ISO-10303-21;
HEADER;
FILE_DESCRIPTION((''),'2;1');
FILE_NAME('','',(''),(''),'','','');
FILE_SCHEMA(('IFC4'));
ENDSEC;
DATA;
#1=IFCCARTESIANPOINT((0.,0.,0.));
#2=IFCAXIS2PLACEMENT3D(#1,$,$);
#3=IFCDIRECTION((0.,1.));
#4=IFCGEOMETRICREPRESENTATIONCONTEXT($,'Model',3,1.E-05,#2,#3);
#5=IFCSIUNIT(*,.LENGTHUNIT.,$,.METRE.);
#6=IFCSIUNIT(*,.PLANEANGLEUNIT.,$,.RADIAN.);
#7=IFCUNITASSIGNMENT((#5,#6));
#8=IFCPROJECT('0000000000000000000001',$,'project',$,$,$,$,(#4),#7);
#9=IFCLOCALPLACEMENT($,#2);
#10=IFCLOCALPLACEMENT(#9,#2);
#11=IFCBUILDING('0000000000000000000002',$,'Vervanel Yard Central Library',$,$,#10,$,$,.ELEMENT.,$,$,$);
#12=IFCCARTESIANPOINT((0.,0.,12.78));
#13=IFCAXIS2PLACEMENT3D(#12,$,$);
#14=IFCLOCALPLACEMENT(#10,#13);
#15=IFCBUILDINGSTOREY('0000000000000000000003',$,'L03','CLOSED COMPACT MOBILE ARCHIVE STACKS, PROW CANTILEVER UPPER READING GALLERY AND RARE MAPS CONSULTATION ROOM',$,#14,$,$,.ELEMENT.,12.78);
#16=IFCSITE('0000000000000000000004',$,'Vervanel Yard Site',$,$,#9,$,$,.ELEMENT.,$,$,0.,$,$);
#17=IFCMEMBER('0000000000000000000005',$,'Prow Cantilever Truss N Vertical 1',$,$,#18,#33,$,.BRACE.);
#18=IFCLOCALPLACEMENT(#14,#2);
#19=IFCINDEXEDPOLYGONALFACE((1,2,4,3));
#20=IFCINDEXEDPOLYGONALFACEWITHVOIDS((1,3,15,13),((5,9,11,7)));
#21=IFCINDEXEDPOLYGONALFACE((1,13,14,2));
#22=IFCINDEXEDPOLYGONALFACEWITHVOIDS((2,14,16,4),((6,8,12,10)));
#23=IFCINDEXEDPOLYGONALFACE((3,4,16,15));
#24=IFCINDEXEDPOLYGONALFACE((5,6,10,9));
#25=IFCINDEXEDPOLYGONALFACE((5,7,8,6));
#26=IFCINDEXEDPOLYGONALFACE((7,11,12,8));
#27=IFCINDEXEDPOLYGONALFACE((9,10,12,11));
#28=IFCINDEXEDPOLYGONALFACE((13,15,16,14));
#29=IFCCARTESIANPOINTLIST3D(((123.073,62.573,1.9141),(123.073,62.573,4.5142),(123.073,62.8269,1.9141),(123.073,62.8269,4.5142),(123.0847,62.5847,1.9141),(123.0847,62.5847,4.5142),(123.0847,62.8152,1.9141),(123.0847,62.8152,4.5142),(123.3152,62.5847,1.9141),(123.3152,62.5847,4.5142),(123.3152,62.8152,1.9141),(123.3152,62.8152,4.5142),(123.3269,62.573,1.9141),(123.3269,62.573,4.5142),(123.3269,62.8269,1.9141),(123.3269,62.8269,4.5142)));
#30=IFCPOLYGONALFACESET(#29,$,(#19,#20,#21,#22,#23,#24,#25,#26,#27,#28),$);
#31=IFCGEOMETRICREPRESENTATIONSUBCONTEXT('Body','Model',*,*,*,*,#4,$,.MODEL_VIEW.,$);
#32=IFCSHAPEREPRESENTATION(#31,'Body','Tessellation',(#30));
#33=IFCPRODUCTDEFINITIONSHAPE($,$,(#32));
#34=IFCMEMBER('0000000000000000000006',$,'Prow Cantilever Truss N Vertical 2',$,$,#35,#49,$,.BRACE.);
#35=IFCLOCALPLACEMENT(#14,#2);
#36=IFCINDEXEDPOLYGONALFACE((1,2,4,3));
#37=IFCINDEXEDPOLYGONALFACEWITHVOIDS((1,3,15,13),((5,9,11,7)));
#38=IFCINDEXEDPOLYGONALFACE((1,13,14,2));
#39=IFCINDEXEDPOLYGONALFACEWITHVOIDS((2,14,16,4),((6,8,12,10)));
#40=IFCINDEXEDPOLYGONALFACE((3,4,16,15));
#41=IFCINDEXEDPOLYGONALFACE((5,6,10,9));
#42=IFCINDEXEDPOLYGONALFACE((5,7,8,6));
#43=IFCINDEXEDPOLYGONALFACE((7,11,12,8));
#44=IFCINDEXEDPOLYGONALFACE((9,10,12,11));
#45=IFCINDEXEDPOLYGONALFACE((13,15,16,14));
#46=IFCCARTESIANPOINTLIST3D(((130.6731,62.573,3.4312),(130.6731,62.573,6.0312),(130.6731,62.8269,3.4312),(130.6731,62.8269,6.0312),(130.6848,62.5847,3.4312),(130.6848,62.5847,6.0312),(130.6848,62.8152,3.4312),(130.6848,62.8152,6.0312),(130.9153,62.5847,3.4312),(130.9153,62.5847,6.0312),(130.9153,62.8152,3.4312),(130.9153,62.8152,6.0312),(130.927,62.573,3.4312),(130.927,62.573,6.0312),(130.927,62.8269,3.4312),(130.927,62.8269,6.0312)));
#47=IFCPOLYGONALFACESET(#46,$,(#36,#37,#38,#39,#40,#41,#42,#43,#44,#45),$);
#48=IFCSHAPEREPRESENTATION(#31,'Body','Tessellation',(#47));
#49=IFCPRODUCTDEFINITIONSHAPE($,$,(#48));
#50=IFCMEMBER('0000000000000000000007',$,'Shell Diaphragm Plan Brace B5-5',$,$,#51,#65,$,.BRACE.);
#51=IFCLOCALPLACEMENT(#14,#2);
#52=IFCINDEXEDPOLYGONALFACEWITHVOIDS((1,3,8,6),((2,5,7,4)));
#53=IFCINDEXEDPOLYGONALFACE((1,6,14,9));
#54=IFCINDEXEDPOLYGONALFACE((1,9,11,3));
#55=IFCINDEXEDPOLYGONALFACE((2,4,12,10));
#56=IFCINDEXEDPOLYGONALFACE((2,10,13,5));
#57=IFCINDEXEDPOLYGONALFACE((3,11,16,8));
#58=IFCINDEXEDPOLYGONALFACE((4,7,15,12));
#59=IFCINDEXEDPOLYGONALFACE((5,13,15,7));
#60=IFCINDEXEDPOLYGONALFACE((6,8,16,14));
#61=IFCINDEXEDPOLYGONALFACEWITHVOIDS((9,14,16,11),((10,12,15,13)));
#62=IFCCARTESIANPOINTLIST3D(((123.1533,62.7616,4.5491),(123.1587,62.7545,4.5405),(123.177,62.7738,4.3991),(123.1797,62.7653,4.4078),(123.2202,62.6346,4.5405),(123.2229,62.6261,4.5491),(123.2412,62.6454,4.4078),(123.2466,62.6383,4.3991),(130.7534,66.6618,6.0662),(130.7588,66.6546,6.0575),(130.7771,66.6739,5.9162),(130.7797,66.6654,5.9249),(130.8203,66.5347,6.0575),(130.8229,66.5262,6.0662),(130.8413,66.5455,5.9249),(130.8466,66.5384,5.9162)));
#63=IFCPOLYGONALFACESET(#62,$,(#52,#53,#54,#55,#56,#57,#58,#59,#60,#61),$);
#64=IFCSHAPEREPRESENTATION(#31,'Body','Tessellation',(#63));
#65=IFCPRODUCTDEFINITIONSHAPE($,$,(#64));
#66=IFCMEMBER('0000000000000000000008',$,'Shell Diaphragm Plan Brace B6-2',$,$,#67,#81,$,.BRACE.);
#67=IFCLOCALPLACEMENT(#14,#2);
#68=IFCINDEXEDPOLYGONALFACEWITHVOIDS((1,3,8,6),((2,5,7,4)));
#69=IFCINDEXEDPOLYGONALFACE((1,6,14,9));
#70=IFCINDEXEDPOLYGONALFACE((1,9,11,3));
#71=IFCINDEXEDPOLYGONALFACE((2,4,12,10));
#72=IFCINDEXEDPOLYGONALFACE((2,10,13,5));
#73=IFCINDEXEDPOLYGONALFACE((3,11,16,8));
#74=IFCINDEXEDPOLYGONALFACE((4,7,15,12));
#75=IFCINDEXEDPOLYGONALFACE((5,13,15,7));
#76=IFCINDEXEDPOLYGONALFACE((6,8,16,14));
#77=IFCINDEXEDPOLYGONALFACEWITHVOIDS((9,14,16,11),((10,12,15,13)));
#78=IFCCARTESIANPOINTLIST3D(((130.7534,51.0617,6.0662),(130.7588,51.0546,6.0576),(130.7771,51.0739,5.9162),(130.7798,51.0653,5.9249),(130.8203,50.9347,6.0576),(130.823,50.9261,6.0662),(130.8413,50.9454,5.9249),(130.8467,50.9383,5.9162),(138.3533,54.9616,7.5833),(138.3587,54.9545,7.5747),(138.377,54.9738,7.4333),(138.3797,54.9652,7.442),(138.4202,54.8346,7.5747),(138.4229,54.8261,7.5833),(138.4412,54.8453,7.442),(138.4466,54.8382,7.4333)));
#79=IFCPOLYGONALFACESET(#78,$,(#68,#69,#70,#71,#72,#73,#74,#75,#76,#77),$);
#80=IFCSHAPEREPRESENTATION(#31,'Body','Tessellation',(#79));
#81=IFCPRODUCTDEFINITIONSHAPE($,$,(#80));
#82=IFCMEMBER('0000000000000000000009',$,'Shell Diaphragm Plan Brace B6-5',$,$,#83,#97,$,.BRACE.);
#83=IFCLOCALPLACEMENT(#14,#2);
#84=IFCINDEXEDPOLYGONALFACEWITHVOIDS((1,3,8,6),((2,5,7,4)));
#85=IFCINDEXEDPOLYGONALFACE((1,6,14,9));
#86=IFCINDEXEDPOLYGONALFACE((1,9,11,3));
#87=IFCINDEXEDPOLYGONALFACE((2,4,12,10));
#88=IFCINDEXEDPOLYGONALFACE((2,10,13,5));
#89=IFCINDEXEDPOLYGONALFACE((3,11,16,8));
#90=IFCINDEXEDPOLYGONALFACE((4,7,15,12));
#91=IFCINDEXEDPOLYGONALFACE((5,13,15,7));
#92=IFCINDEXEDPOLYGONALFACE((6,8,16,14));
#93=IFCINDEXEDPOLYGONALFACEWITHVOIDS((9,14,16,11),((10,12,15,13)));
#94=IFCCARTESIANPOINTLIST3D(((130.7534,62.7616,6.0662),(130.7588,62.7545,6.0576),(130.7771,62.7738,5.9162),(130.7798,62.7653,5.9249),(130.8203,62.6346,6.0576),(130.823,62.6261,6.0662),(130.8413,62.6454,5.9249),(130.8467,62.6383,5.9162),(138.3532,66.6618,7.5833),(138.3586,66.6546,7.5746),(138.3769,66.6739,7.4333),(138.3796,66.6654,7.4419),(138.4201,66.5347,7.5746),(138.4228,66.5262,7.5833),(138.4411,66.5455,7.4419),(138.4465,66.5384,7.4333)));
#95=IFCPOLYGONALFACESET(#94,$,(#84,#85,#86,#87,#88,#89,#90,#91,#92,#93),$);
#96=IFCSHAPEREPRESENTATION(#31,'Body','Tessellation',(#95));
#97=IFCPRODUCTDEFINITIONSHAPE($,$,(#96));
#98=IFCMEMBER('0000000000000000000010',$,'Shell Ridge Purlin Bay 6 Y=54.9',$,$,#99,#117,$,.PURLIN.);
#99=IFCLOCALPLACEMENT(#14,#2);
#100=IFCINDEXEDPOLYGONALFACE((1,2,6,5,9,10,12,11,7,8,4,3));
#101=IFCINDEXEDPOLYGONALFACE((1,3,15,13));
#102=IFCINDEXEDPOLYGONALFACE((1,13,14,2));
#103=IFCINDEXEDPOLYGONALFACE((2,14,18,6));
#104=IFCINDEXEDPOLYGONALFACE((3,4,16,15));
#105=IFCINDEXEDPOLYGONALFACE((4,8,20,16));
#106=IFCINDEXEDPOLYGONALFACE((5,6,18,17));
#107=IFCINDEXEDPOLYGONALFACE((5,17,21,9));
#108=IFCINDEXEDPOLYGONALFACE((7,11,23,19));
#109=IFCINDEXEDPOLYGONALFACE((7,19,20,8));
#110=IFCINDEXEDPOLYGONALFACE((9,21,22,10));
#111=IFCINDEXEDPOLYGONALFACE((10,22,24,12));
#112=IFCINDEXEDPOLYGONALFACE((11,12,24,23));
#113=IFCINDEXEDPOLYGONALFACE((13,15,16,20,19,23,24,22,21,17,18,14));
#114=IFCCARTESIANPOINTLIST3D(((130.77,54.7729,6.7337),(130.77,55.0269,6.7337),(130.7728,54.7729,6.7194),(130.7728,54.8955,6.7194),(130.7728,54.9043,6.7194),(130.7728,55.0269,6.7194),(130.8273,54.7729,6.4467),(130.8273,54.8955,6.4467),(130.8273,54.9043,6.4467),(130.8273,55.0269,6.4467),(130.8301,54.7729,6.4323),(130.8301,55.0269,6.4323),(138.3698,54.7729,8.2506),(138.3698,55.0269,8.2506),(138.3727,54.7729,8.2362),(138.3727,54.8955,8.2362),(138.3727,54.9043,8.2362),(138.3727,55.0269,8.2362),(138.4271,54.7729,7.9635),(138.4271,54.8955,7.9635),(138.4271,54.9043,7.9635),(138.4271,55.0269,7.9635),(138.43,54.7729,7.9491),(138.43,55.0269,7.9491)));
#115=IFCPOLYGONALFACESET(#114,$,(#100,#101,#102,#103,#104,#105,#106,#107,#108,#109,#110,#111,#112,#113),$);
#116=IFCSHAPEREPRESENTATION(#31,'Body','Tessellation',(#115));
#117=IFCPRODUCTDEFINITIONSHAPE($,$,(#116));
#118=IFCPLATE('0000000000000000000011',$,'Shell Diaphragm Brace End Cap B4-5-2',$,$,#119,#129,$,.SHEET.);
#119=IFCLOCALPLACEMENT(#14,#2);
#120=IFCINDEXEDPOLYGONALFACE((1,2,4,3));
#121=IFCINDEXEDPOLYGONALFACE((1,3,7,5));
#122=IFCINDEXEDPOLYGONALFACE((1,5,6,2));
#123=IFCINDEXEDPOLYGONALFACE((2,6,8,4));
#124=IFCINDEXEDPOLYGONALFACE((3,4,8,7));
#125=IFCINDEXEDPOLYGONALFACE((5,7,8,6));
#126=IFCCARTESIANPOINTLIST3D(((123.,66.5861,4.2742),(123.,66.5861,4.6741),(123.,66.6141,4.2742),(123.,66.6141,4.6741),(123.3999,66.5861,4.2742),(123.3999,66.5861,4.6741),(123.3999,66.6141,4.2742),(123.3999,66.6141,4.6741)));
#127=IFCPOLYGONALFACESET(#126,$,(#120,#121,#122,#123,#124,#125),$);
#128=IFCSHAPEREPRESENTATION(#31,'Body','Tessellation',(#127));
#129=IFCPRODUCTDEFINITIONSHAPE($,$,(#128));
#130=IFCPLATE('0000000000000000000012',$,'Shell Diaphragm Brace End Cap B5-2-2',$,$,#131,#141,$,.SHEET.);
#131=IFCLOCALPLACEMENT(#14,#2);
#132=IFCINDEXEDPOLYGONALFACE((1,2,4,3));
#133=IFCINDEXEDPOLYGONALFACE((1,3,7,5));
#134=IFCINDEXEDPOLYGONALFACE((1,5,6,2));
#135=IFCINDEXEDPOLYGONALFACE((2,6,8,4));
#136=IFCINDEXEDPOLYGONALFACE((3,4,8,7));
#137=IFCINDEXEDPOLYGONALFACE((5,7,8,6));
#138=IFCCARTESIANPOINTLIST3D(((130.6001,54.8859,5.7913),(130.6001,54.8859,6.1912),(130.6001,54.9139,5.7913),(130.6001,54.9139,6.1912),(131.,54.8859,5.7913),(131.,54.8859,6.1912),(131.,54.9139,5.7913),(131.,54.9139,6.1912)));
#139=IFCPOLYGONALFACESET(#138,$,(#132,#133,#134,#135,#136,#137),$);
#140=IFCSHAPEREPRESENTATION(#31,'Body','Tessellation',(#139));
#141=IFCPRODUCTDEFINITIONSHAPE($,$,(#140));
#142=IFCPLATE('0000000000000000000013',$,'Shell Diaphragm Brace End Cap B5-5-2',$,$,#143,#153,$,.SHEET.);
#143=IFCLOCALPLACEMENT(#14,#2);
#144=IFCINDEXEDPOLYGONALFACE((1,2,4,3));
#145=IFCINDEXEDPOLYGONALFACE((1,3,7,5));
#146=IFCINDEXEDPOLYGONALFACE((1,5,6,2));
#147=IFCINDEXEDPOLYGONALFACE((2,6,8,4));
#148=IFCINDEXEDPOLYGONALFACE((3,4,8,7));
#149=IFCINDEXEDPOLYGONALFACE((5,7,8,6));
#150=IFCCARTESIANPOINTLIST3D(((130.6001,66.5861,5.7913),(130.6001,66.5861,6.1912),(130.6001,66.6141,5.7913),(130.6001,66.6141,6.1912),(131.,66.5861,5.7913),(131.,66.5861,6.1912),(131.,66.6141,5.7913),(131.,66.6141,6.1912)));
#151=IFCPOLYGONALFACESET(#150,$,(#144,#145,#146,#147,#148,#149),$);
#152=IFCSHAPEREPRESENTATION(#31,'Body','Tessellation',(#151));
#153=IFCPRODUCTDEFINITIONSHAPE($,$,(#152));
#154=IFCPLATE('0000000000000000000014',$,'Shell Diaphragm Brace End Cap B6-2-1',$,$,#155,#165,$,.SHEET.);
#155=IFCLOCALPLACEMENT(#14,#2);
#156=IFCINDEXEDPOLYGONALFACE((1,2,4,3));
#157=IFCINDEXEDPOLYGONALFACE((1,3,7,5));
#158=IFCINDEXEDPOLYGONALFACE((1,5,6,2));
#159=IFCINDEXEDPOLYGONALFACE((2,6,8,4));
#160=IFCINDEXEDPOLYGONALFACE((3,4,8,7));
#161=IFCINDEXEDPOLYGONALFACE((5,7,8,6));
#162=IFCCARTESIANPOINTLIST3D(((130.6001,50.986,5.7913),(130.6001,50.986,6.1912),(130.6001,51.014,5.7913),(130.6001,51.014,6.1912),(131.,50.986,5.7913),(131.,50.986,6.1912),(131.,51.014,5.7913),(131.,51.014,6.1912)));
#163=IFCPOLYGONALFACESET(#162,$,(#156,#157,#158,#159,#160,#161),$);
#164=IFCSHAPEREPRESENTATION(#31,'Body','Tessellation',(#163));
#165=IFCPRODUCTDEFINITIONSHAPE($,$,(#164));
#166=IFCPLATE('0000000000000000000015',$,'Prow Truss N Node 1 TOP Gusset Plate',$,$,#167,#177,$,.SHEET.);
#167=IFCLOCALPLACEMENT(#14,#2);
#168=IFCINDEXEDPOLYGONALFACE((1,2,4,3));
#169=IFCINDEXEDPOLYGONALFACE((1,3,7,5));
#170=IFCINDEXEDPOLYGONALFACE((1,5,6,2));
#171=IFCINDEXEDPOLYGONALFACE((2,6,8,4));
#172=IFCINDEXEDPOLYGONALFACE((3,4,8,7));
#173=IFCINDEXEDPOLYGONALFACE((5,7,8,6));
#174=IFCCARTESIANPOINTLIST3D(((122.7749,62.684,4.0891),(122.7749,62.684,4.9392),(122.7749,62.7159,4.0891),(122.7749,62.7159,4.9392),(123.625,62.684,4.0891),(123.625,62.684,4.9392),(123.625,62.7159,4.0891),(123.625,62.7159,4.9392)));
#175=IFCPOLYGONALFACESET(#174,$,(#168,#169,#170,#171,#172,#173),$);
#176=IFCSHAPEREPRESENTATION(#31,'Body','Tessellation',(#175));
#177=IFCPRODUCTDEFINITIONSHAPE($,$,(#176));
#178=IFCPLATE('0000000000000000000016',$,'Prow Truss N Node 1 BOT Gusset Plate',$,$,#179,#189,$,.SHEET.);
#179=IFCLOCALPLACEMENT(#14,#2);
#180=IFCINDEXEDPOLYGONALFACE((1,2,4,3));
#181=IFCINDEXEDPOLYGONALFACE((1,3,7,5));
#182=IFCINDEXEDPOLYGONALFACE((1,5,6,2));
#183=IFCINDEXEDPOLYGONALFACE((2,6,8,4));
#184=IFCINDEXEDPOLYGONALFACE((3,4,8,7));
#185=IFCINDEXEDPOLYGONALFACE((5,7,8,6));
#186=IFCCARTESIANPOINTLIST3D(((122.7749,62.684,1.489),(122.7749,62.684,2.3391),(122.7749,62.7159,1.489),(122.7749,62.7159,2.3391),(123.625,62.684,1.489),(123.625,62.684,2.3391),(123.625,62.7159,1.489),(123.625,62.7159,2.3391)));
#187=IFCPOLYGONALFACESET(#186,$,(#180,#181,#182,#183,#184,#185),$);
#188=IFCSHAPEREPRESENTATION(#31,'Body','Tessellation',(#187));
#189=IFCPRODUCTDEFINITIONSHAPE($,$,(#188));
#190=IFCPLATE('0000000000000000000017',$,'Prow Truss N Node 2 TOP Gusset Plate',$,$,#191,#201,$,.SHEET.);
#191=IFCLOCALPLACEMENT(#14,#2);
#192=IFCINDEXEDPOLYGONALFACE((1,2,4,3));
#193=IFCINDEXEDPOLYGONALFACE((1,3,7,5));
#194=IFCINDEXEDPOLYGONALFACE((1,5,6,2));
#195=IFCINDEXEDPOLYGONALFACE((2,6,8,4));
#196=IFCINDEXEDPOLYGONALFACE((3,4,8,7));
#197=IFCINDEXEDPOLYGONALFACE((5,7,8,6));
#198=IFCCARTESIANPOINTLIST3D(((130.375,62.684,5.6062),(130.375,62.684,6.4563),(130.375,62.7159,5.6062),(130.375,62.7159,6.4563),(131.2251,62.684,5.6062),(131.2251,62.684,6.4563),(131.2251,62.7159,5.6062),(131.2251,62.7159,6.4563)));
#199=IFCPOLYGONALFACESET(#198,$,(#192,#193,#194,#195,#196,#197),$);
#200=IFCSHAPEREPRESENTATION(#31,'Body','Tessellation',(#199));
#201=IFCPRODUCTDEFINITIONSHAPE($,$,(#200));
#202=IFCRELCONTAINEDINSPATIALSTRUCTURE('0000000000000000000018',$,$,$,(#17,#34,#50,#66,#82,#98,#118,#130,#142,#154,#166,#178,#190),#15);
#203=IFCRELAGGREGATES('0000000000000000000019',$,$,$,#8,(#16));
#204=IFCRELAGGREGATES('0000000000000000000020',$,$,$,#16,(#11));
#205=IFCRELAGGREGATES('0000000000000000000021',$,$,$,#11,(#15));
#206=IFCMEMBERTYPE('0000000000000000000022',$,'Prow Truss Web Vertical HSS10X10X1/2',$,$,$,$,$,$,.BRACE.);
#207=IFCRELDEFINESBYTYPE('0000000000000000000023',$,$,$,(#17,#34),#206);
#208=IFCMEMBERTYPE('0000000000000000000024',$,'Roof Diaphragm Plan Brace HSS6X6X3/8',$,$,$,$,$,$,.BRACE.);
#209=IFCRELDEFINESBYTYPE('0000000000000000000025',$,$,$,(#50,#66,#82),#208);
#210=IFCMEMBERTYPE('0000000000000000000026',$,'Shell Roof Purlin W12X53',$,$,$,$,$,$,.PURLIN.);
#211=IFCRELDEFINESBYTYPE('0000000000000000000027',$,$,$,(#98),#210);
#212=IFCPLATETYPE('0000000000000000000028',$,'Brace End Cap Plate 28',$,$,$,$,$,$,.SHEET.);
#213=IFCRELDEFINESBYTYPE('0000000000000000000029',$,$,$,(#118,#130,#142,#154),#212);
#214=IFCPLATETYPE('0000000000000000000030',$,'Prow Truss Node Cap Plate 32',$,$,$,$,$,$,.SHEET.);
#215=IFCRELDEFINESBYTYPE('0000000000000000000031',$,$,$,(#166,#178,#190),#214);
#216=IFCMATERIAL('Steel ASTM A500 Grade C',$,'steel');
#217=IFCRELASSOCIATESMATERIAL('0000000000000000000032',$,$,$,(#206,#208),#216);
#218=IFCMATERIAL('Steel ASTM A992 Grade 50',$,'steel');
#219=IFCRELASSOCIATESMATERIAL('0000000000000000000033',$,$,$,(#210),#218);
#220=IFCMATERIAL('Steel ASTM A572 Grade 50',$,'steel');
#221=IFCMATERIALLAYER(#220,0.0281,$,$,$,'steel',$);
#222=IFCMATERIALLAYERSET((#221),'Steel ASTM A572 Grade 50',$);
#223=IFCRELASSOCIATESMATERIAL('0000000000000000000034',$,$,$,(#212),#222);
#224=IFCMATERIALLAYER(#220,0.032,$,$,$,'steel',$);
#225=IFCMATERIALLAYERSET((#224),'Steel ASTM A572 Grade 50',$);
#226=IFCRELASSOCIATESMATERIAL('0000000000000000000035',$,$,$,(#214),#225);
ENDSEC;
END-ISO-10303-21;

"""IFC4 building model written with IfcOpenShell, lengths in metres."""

from ifc_helpers import new_model, si_unit, direction, frame, origin, origin_2d, place, context, subcontext, project, spatial, rectangle, hollow_rectangle, i_section, extrude, material, layer, layer_set, material_profile, profile_set, type_object, element, save


model = new_model("IFC4")

# Units and contexts
model_context = context("Model", 3, precision=1e-05, world=origin(), true_north=direction((0.0, 1.0)))
body_context = subcontext(model_context, "Body", "Model", "MODEL_VIEW")
ifc_project = project(units=[si_unit("LENGTHUNIT", "METRE"), si_unit("PLANEANGLEUNIT", "RADIAN")], contexts=[model_context])

# Site, building, storey
site_placement = place(None, origin())
site = spatial("IfcSite", under=ifc_project, at=site_placement, Name="Vervanel Yard Site", CompositionType="ELEMENT", RefElevation=0.0)
building_placement = place(site_placement, origin())
building = spatial("IfcBuilding", under=site, at=building_placement, Name="Vervanel Yard Central Library", CompositionType="ELEMENT")
storey_placement = place(building_placement, frame((0.0, 0.0, 12.78)))
storey = spatial("IfcBuildingStorey", under=building, at=storey_placement, Name="L03", Description="CLOSED COMPACT MOBILE ARCHIVE STACKS, PROW CANTILEVER UPPER READING GALLERY AND RARE MAPS CONSULTATION ROOM", CompositionType="ELEMENT", Elevation=12.78)

# Shared definitions
ifc_material_1 = material(Name="Steel ASTM A992 Grade 50", Category="steel")

# Members
ifc_material_2 = material(Name="Steel ASTM A500 Grade C", Category="steel")
ifc_material_profile_1 = material_profile(ifc_material_2, hollow_rectangle(XDim=0.2539, YDim=0.2539, WallThickness=0.0117, at=origin_2d()), Name="HSS10X10X1/2", Category="steel")
ifc_profile_set_1 = profile_set([ifc_material_profile_1], Name="Steel ASTM A500 Grade C")
member_type_1 = type_object("IfcMemberType", Name="Prow Truss Web Vertical HSS10X10X1/2", PredefinedType="BRACE", material=ifc_profile_set_1)
for number, where, z_axis, x_axis, name in (
    (1, (123.2, 62.7, 1.9141), (0.0, 0.0, 1.0), (1.0, 0.0, 0.0), "Prow Cantilever Truss N Vertical 1"),
    (2, (130.8, 62.7, 3.4312), (0.0, 0.0, 1.0), (1.0, 0.0, 0.0), "Prow Cantilever Truss N Vertical 2"),
):
    element("IfcMember", number, at=place(storey_placement, frame(where, z_axis=z_axis, x_axis=x_axis)), inside=storey, type_object=member_type_1, Name=name, PredefinedType="BRACE", context=body_context, shape_type="SweptSolid", body=[
        extrude(hollow_rectangle(XDim=0.2539, YDim=0.2539, WallThickness=0.0117, at=origin_2d()), origin(), (0.0, 0.0, 1.0), 2.6001),
    ])
ifc_material_profile_2 = material_profile(ifc_material_2, hollow_rectangle(XDim=0.1523, YDim=0.1523, WallThickness=0.0088, at=origin_2d()), Name="HSS6X6X3/8", Category="steel")
ifc_profile_set_2 = profile_set([ifc_material_profile_2], Name="Steel ASTM A500 Grade C")
member_type_2 = type_object("IfcMemberType", Name="Roof Diaphragm Plan Brace HSS6X6X3/8", PredefinedType="BRACE", material=ifc_profile_set_2)
member_1_placement = place(storey_placement, frame((123.2, 62.7, 4.4741), z_axis=(0.875984, 0.449529, 0.174859), x_axis=(-0.456563, 0.889691, 0.0)))
element("IfcMember", 3, at=member_1_placement, inside=storey, type_object=member_type_2, Name="Shell Diaphragm Plan Brace B5-5", PredefinedType="BRACE", context=body_context, shape_type="SweptSolid", body=[
    extrude(hollow_rectangle(XDim=0.1523, YDim=0.1523, WallThickness=0.0088, at=origin_2d()), origin(), (0.0, 0.0, 1.0), 8.676),
])
for number, where, z_axis, x_axis, name in (
    (4, (130.8, 51.0, 5.9912), (0.875988, 0.449518, 0.174866), (-0.456552, 0.889697, 0.0), "Shell Diaphragm Plan Brace B6-2"),
    (5, (130.8, 62.7, 5.9912), (0.875977, 0.44954, 0.174863), (-0.456575, 0.889685, 0.0), "Shell Diaphragm Plan Brace B6-5"),
):
    element("IfcMember", number, at=place(storey_placement, frame(where, z_axis=z_axis, x_axis=x_axis)), inside=storey, type_object=member_type_2, Name=name, PredefinedType="BRACE", context=body_context, shape_type="SweptSolid", body=[
        extrude(hollow_rectangle(XDim=0.1523, YDim=0.1523, WallThickness=0.0088, at=origin_2d()), origin(), (0.0, 0.0, 1.0), 8.6758),
    ])
ifc_material_profile_3 = material_profile(ifc_material_1, i_section(OverallWidth=0.2539, OverallDepth=0.3074, WebThickness=0.0088, FlangeThickness=0.0146, at=origin_2d()), Name="W12X53", Category="steel")
ifc_profile_set_3 = profile_set([ifc_material_profile_3], Name="Steel ASTM A992 Grade 50")
member_type_3 = type_object("IfcMemberType", Name="Shell Roof Purlin W12X53", PredefinedType="PURLIN", material=ifc_profile_set_3)
member_2_placement = place(storey_placement, frame((130.8, 54.8999, 6.583), z_axis=(0.980658, 0.0, 0.195728), x_axis=(0.0, 1.0, 0.0)))
element("IfcMember", 6, at=member_2_placement, inside=storey, type_object=member_type_3, Name="Shell Ridge Purlin Bay 6 Y=54.9", PredefinedType="PURLIN", context=body_context, shape_type="SweptSolid", body=[
    extrude(i_section(OverallWidth=0.2539, OverallDepth=0.3074, WebThickness=0.0088, FlangeThickness=0.0146, at=origin_2d()), origin(), (0.0, 0.0, 1.0), 7.7498),
])

# Plates
ifc_material_3 = material(Name="Steel ASTM A572 Grade 50", Category="steel")
ifc_layer_1 = layer(ifc_material_3, 0.0281, Category="steel")
ifc_layer_set_1 = layer_set([ifc_layer_1], Name="Steel ASTM A572 Grade 50")
plate_type_1 = type_object("IfcPlateType", Name="Brace End Cap Plate 28", PredefinedType="SHEET", material=ifc_layer_set_1)
for number, where, z_axis, x_axis, name in (
    (7, (123.2, 66.6001, 4.2742), (0.0, 0.0, 1.0), (1.0, 0.0, 0.0), "Shell Diaphragm Brace End Cap B4-5-2"),
    (8, (130.8, 54.8999, 5.7913), (0.0, 0.0, 1.0), (1.0, 0.0, 0.0), "Shell Diaphragm Brace End Cap B5-2-2"),
    (9, (130.8, 66.6001, 5.7913), (0.0, 0.0, 1.0), (1.0, 0.0, 0.0), "Shell Diaphragm Brace End Cap B5-5-2"),
    (10, (130.8, 51.0, 5.7913), (0.0, 0.0, 1.0), (1.0, 0.0, 0.0), "Shell Diaphragm Brace End Cap B6-2-1"),
):
    element("IfcPlate", number, at=place(storey_placement, frame(where, z_axis=z_axis, x_axis=x_axis)), inside=storey, type_object=plate_type_1, Name=name, PredefinedType="SHEET", context=body_context, shape_type="SweptSolid", body=[
        extrude(rectangle(XDim=0.3999, YDim=0.0281, at=origin_2d()), origin(), (0.0, 0.0, 1.0), 0.3999),
    ])
ifc_layer_2 = layer(ifc_material_3, 0.032, Category="steel")
ifc_layer_set_2 = layer_set([ifc_layer_2], Name="Steel ASTM A572 Grade 50")
plate_type_2 = type_object("IfcPlateType", Name="Prow Truss Node Cap Plate 32", PredefinedType="SHEET", material=ifc_layer_set_2)
for number, where, z_axis, x_axis, name in (
    (11, (123.2, 62.7, 4.0891), (0.0, 0.0, 1.0), (1.0, 0.0, 0.0), "Prow Truss N Node 1 TOP Gusset Plate"),
    (12, (123.2, 62.7, 1.489), (0.0, 0.0, 1.0), (1.0, 0.0, 0.0), "Prow Truss N Node 1 BOT Gusset Plate"),
    (13, (130.8, 62.7, 5.6062), (0.0, 0.0, 1.0), (1.0, 0.0, 0.0), "Prow Truss N Node 2 TOP Gusset Plate"),
):
    element("IfcPlate", number, at=place(storey_placement, frame(where, z_axis=z_axis, x_axis=x_axis)), inside=storey, type_object=plate_type_2, Name=name, PredefinedType="SHEET", context=body_context, shape_type="SweptSolid", body=[
        extrude(rectangle(XDim=0.8501, YDim=0.032, at=origin_2d()), origin(), (0.0, 0.0, 1.0), 0.8501),
    ])

save(model, "model.ifc")
